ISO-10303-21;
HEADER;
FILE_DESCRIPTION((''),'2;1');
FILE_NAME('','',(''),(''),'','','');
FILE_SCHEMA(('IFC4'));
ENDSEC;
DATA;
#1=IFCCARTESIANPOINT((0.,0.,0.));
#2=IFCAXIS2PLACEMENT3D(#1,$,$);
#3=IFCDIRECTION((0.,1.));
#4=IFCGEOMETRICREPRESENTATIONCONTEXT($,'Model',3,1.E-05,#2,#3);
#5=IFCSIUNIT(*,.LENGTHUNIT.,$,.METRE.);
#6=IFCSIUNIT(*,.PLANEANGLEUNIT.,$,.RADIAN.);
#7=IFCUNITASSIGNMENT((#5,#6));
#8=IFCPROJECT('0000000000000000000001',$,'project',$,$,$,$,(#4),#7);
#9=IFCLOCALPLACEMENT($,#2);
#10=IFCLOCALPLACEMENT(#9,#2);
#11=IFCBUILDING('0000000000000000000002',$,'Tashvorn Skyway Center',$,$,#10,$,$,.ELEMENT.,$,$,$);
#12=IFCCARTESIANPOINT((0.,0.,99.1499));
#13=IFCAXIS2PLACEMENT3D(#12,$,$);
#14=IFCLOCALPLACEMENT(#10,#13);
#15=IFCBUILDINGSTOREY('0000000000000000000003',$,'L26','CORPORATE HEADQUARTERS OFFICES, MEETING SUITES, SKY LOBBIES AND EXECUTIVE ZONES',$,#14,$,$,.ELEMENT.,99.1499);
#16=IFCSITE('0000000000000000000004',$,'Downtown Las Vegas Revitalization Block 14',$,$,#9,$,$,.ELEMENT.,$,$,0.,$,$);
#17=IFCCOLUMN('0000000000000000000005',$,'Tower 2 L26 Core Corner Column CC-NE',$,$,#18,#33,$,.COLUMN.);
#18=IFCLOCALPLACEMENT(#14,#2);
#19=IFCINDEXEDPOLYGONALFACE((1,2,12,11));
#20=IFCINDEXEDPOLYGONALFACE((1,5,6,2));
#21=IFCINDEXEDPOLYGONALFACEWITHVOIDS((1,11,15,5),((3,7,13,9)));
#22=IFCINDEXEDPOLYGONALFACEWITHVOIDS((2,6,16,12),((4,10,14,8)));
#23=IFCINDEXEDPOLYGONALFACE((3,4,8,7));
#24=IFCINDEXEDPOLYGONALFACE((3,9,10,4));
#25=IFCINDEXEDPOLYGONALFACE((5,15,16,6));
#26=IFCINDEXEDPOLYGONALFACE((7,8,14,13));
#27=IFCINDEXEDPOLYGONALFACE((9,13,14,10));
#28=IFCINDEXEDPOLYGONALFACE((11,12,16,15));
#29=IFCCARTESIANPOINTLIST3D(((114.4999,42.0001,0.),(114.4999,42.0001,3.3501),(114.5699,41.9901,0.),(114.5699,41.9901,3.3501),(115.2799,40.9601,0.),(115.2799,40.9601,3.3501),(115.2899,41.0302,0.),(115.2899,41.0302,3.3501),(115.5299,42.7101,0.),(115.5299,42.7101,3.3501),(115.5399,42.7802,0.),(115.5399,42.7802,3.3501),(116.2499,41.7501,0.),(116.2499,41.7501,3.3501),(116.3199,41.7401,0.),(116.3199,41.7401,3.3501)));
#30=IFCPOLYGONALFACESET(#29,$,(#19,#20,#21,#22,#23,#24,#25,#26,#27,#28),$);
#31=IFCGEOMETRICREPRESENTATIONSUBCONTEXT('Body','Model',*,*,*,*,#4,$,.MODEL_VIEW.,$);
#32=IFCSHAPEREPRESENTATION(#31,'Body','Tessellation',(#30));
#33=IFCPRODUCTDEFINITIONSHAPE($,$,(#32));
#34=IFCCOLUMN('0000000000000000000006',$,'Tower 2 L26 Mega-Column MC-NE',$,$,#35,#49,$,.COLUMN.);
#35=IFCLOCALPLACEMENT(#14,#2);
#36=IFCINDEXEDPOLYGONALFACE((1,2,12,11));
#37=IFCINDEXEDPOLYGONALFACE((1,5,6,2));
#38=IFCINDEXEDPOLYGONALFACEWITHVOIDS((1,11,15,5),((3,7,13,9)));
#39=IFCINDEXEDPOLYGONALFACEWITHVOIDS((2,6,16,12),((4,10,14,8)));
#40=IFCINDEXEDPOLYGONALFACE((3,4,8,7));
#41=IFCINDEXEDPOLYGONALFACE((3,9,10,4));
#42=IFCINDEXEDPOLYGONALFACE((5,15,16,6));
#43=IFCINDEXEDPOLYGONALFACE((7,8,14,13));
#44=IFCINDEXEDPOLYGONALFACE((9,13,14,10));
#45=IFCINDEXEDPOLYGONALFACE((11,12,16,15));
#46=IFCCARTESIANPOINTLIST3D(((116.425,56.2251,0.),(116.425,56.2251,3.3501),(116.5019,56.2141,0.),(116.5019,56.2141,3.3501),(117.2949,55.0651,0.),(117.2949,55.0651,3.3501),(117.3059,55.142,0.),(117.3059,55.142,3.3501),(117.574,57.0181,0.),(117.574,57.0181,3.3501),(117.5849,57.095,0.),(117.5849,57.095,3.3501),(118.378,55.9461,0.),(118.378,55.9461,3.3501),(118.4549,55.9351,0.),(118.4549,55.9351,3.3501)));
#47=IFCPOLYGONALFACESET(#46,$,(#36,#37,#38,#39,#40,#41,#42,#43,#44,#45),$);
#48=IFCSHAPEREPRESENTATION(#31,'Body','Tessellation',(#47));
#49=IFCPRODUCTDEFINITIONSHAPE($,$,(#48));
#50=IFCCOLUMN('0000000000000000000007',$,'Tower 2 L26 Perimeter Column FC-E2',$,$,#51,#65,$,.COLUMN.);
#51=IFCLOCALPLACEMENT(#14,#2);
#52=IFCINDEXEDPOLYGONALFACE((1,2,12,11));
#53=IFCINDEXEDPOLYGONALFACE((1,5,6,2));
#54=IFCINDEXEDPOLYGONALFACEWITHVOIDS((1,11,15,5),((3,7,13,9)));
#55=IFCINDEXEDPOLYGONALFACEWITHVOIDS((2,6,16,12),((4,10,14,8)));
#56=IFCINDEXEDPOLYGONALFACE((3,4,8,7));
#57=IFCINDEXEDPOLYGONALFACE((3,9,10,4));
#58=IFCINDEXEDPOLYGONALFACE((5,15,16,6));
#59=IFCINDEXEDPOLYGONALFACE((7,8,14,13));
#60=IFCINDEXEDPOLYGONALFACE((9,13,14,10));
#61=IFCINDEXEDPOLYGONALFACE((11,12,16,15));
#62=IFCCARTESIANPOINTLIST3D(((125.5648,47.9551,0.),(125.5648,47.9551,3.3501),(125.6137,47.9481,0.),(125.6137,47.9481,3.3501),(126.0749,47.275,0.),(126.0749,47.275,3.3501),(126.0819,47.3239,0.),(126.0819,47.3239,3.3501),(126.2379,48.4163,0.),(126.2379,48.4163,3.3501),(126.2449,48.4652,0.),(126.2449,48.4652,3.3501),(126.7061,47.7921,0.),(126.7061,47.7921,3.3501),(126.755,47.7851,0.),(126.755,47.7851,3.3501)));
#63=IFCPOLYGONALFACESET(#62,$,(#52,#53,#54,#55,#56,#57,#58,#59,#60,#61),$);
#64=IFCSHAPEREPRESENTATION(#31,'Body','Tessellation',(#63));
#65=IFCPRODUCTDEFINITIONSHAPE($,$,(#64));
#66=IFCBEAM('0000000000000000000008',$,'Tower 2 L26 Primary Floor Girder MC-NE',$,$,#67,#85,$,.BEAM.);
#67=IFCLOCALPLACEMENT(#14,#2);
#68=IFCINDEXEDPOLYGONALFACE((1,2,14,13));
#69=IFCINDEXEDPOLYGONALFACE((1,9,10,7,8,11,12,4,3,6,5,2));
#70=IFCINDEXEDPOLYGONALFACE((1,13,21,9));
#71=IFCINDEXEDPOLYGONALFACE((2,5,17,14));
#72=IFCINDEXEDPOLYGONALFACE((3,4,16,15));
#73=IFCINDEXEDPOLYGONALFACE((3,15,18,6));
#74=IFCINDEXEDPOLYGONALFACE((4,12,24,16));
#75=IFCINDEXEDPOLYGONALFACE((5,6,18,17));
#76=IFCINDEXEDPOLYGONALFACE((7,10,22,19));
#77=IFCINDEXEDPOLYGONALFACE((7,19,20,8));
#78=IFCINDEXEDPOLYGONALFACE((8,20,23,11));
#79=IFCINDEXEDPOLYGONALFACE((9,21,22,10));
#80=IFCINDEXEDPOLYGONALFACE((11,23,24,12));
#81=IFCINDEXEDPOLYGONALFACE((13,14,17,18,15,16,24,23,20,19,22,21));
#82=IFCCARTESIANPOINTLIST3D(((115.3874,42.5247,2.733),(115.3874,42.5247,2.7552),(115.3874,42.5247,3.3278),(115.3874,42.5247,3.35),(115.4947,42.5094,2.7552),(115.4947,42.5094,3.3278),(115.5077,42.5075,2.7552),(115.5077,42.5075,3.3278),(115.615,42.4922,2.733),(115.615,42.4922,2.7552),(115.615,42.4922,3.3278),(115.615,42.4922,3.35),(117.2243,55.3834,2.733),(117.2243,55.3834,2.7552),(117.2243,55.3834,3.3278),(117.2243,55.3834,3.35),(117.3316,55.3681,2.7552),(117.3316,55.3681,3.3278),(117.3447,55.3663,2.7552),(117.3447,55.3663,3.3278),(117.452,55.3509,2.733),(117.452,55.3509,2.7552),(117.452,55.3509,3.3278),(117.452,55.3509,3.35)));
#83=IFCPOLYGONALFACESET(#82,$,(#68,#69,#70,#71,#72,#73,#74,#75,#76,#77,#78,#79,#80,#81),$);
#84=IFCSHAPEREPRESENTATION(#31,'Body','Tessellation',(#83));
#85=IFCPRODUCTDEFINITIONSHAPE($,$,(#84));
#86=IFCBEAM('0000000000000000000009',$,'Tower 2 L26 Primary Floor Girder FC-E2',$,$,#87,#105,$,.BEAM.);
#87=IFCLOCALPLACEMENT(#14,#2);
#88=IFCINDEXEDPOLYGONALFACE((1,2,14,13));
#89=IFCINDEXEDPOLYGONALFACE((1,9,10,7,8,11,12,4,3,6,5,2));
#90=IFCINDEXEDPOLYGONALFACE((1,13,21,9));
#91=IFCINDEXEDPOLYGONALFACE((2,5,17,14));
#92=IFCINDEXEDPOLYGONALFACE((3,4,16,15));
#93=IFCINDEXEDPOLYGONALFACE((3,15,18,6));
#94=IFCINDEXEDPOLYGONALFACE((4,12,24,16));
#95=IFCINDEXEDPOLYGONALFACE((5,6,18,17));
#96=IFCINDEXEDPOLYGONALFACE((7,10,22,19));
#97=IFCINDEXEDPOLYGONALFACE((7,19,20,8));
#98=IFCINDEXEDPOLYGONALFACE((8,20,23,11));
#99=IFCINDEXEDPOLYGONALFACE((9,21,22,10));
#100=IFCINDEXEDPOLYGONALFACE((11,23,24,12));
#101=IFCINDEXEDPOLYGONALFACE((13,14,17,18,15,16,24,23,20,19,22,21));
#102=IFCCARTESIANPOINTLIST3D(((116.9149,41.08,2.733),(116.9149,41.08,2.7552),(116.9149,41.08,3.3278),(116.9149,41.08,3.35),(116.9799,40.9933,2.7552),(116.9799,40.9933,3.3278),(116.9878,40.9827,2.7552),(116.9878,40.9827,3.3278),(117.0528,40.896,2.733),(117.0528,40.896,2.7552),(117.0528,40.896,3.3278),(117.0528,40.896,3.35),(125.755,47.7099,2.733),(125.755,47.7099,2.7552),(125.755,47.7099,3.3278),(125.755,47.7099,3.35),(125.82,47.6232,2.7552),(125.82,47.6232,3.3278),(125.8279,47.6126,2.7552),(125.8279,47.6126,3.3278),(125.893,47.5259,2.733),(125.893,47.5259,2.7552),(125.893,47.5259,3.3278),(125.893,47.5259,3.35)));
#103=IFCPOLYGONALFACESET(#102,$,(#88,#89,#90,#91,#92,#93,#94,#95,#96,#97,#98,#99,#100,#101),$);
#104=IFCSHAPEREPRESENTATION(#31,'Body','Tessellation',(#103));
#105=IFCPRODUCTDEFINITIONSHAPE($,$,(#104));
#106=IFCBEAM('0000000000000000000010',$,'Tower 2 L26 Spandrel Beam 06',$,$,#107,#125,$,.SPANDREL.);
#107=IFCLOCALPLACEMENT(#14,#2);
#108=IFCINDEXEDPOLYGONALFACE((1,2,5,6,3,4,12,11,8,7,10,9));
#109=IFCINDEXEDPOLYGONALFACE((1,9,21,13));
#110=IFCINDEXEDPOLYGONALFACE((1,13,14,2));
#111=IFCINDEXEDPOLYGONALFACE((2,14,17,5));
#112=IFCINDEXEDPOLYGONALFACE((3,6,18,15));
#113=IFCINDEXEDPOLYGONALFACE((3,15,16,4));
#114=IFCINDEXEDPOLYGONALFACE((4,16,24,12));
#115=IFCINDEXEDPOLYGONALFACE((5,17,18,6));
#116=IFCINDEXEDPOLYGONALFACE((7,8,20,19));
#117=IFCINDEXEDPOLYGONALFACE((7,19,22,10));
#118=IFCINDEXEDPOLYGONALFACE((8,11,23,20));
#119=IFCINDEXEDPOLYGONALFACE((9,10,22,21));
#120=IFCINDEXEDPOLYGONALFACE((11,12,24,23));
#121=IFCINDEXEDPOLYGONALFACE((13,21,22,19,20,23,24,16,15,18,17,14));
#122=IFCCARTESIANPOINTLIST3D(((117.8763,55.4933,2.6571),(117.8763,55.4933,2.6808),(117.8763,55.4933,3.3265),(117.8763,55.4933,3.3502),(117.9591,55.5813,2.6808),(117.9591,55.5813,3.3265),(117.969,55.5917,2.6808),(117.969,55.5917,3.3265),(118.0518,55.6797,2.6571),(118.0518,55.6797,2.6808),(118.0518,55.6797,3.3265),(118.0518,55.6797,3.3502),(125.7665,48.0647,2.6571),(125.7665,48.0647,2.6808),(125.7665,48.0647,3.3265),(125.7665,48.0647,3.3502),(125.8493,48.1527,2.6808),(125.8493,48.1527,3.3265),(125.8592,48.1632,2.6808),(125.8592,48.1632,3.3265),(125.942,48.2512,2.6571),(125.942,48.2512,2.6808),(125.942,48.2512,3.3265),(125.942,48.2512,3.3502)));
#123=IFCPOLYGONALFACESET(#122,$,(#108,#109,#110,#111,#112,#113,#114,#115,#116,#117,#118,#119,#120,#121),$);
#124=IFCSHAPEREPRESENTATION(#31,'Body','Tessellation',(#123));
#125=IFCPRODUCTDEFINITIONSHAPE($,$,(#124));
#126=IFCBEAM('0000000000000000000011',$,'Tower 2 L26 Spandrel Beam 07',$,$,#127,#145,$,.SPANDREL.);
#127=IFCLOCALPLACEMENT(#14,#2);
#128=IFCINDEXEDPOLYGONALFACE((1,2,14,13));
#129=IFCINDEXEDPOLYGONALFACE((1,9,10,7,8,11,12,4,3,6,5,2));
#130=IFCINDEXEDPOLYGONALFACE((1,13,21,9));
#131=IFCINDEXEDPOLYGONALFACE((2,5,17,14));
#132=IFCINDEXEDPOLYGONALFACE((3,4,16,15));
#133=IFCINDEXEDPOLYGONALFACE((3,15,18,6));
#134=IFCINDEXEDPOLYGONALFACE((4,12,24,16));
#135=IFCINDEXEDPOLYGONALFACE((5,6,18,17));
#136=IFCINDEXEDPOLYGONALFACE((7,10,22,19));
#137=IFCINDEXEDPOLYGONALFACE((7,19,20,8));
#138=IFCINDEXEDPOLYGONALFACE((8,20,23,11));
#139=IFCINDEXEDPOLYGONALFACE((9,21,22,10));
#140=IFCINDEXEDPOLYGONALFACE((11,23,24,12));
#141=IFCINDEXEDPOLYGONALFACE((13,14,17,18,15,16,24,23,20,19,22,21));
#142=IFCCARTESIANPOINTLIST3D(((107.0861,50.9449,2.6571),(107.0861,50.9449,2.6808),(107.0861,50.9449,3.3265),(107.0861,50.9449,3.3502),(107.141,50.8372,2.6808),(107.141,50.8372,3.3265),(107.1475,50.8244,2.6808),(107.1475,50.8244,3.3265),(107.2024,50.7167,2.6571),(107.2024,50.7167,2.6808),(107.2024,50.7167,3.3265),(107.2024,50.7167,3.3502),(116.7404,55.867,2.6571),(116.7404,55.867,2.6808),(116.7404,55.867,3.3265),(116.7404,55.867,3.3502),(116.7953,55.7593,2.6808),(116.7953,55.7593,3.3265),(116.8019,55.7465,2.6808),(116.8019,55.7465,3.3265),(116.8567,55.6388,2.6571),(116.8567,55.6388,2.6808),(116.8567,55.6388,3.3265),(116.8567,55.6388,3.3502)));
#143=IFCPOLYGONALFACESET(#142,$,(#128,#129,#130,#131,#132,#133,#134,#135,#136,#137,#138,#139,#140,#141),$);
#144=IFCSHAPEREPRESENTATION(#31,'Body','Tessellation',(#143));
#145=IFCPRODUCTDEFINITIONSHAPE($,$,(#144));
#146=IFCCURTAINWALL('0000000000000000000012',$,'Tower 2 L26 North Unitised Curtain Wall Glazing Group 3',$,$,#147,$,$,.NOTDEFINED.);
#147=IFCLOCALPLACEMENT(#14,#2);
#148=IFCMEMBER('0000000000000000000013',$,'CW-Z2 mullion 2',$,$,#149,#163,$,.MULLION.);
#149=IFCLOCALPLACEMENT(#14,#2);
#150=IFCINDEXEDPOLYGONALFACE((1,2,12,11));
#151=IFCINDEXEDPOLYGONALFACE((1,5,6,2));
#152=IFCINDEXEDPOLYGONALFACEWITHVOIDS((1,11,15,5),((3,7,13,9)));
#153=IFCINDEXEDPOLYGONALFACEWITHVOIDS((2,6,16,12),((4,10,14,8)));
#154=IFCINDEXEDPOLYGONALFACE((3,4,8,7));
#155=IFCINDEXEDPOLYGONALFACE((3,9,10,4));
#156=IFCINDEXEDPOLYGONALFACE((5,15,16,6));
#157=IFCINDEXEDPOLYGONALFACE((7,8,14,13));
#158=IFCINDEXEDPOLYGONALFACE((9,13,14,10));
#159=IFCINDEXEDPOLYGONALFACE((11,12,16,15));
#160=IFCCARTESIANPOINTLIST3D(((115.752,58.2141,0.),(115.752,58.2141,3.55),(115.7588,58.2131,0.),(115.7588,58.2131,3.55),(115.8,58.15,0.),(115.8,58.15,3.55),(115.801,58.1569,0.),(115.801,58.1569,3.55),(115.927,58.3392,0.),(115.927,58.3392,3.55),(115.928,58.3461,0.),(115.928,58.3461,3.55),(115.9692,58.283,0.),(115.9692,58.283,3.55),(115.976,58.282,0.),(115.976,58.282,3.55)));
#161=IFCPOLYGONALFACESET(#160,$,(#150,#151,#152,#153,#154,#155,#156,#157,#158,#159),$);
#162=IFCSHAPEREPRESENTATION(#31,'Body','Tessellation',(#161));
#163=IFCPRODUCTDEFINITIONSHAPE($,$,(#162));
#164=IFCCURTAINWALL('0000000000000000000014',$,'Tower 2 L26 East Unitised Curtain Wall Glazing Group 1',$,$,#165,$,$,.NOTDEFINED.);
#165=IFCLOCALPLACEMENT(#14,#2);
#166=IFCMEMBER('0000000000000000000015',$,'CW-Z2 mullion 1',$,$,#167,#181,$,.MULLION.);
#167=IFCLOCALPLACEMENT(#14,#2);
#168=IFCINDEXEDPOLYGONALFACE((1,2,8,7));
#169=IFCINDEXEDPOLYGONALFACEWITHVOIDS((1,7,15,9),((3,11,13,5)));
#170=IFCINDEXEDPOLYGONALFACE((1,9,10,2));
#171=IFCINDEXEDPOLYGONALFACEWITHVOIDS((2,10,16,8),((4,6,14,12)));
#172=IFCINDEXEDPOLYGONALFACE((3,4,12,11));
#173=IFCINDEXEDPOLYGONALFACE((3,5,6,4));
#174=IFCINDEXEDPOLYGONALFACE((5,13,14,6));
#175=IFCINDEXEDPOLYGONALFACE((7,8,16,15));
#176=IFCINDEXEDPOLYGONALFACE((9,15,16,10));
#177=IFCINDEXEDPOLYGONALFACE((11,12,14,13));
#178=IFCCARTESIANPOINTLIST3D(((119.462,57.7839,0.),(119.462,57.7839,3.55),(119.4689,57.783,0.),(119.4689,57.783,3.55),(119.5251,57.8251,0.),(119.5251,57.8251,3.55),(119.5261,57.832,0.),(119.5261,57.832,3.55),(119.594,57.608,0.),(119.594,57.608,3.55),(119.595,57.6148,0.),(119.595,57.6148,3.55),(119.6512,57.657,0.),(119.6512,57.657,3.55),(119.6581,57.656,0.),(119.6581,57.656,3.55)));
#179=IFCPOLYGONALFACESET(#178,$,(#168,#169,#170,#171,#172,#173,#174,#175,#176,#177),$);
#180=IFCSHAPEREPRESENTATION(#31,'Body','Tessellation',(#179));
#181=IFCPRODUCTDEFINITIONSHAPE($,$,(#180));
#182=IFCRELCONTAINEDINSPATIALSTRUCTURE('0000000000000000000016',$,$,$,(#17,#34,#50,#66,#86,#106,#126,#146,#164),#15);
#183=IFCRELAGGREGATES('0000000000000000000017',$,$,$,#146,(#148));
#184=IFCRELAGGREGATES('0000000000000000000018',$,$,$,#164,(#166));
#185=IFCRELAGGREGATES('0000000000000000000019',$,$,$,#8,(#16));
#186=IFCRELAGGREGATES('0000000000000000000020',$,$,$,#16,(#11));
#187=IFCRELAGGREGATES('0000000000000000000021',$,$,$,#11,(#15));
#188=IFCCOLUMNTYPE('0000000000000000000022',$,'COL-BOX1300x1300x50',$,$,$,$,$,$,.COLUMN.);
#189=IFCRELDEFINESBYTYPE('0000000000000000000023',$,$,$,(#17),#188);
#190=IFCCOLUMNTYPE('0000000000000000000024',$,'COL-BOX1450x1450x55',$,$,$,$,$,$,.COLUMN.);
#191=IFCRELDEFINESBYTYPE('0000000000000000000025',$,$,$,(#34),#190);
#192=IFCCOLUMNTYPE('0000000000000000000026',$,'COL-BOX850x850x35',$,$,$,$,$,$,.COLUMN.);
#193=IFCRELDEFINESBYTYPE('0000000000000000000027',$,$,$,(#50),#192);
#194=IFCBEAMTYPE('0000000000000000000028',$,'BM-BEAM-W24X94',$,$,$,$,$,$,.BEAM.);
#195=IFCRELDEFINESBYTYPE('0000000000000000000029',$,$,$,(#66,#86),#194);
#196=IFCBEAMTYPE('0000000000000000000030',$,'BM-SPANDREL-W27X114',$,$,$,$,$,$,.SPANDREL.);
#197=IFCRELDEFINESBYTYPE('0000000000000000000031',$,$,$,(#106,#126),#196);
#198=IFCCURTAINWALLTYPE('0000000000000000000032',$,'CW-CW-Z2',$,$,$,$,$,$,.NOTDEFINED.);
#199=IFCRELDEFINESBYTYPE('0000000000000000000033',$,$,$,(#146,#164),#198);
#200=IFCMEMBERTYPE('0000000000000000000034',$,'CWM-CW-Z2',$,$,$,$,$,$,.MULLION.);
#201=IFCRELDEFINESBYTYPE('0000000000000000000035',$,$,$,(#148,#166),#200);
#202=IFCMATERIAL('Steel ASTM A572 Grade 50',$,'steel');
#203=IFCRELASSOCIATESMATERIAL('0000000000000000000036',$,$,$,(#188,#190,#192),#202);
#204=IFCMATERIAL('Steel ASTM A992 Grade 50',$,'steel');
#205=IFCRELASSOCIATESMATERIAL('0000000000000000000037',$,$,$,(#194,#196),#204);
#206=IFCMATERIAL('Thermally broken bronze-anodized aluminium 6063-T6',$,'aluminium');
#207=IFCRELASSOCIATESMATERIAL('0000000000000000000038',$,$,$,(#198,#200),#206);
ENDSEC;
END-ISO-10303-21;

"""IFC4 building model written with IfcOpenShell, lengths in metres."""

from ifc_helpers import new_model, si_unit, direction, frame, origin, origin_2d, place, context, subcontext, project, spatial, hollow_rectangle, i_section, extrude, material, material_profile, profile_set, type_object, element, aggregate, save


model = new_model("IFC4")

# Units and contexts
model_context = context("Model", 3, precision=1e-05, world=origin(), true_north=direction((0.0, 1.0)))
body_context = subcontext(model_context, "Body", "Model", "MODEL_VIEW")
ifc_project = project(units=[si_unit("LENGTHUNIT", "METRE"), si_unit("PLANEANGLEUNIT", "RADIAN")], contexts=[model_context])

# Site, building, storey
site_placement = place(None, origin())
site = spatial("IfcSite", under=ifc_project, at=site_placement, Name="Downtown Las Vegas Revitalization Block 14", CompositionType="ELEMENT", RefElevation=0.0)
building_placement = place(site_placement, origin())
building = spatial("IfcBuilding", under=site, at=building_placement, Name="Tashvorn Skyway Center", CompositionType="ELEMENT")
storey_placement = place(building_placement, frame((0.0, 0.0, 99.1499)))
storey = spatial("IfcBuildingStorey", under=building, at=storey_placement, Name="L26", Description="CORPORATE HEADQUARTERS OFFICES, MEETING SUITES, SKY LOBBIES AND EXECUTIVE ZONES", CompositionType="ELEMENT", Elevation=99.1499)

# Columns
ifc_material_1 = material(Name="Steel ASTM A572 Grade 50", Category="steel")
ifc_material_profile_1 = material_profile(ifc_material_1, hollow_rectangle(XDim=1.3, YDim=1.3, WallThickness=0.05, at=origin_2d()), Name="BOX1300x1300x50")
ifc_profile_set_1 = profile_set([ifc_material_profile_1], Name="Steel ASTM A572 Grade 50")
column_type_1 = type_object("IfcColumnType", Name="COL-BOX1300x1300x50", PredefinedType="COLUMN", material=ifc_profile_set_1)
column_1_placement = place(storey_placement, frame((115.4099, 41.8701, 0.0), z_axis=(0.0, 0.0, 1.0), x_axis=(0.8, 0.6, 0.0)))
element("IfcColumn", 1, at=column_1_placement, inside=storey, type_object=column_type_1, Name="Tower 2 L26 Core Corner Column CC-NE", PredefinedType="COLUMN", context=body_context, shape_type="SweptSolid", body=[
    extrude(hollow_rectangle(XDim=1.3, YDim=1.3, WallThickness=0.05, at=origin_2d()), origin(), (0.0, 0.0, 1.0), 3.3501),
])
ifc_material_profile_2 = material_profile(ifc_material_1, hollow_rectangle(XDim=1.45, YDim=1.45, WallThickness=0.0549, at=origin_2d()), Name="BOX1450x1450x55")
ifc_profile_set_2 = profile_set([ifc_material_profile_2], Name="Steel ASTM A572 Grade 50")
column_type_2 = type_object("IfcColumnType", Name="COL-BOX1450x1450x55", PredefinedType="COLUMN", material=ifc_profile_set_2)
column_2_placement = place(storey_placement, frame((117.4399, 56.0801, 0.0), z_axis=(0.0, 0.0, 1.0), x_axis=(0.8, 0.6, 0.0)))
element("IfcColumn", 2, at=column_2_placement, inside=storey, type_object=column_type_2, Name="Tower 2 L26 Mega-Column MC-NE", PredefinedType="COLUMN", context=body_context, shape_type="SweptSolid", body=[
    extrude(hollow_rectangle(XDim=1.45, YDim=1.45, WallThickness=0.0549, at=origin_2d()), origin(), (0.0, 0.0, 1.0), 3.3501),
])
ifc_material_profile_3 = material_profile(ifc_material_1, hollow_rectangle(XDim=0.8501, YDim=0.8501, WallThickness=0.0349, at=origin_2d()), Name="BOX850x850x35")
ifc_profile_set_3 = profile_set([ifc_material_profile_3], Name="Steel ASTM A572 Grade 50")
column_type_3 = type_object("IfcColumnType", Name="COL-BOX850x850x35", PredefinedType="COLUMN", material=ifc_profile_set_3)
column_3_placement = place(storey_placement, frame((126.1599, 47.8701, 0.0), z_axis=(0.0, 0.0, 1.0), x_axis=(0.8, 0.6, 0.0)))
element("IfcColumn", 3, at=column_3_placement, inside=storey, type_object=column_type_3, Name="Tower 2 L26 Perimeter Column FC-E2", PredefinedType="COLUMN", context=body_context, shape_type="SweptSolid", body=[
    extrude(hollow_rectangle(XDim=0.8501, YDim=0.8501, WallThickness=0.0349, at=origin_2d()), origin(), (0.0, 0.0, 1.0), 3.3501),
])

# Beams
ifc_material_2 = material(Name="Steel ASTM A992 Grade 50", Category="steel")
ifc_material_profile_4 = material_profile(ifc_material_2, i_section(OverallWidth=0.23, OverallDepth=0.6169, WebThickness=0.0132, FlangeThickness=0.0222, at=origin_2d()), Name="W24X94")
ifc_profile_set_4 = profile_set([ifc_material_profile_4], Name="Steel ASTM A992 Grade 50")
beam_type_1 = type_object("IfcBeamType", Name="BM-BEAM-W24X94", PredefinedType="BEAM", material=ifc_profile_set_4)
beam_1_placement = place(storey_placement, frame((117.3381, 55.3672, 3.0415), z_axis=(-0.141419, -0.98995, 0.0), x_axis=(0.98995, -0.141419, 0.0)))
element("IfcBeam", 4, at=beam_1_placement, inside=storey, type_object=beam_type_1, Name="Tower 2 L26 Primary Floor Girder MC-NE", PredefinedType="BEAM", context=body_context, shape_type="SweptSolid", body=[
    extrude(i_section(OverallWidth=0.23, OverallDepth=0.6169, WebThickness=0.0132, FlangeThickness=0.0222, at=origin_2d()), origin(), (0.0, 0.0, 1.0), 12.9893),
])
beam_2_placement = place(storey_placement, frame((125.824, 47.6179, 3.0415), z_axis=(-0.800008, -0.599989, 0.0), x_axis=(0.599989, -0.800008, 0.0)))
element("IfcBeam", 5, at=beam_2_placement, inside=storey, type_object=beam_type_1, Name="Tower 2 L26 Primary Floor Girder FC-E2", PredefinedType="BEAM", context=body_context, shape_type="SweptSolid", body=[
    extrude(i_section(OverallWidth=0.23, OverallDepth=0.6169, WebThickness=0.0132, FlangeThickness=0.0222, at=origin_2d()), origin(), (0.0, 0.0, 1.0), 11.05),
])
ifc_material_profile_5 = material_profile(ifc_material_2, i_section(OverallWidth=0.2561, OverallDepth=0.6931, WebThickness=0.0144, FlangeThickness=0.0237, at=origin_2d()), Name="W27X114")
ifc_profile_set_5 = profile_set([ifc_material_profile_5], Name="Steel ASTM A992 Grade 50")
beam_type_2 = type_object("IfcBeamType", Name="BM-SPANDREL-W27X114", PredefinedType="SPANDREL", material=ifc_profile_set_5)
beam_3_placement = place(storey_placement, frame((125.8542, 48.158, 3.0037), z_axis=(-0.728087, 0.685485, 0.0), x_axis=(-0.685485, -0.728087, 0.0)))
element("IfcBeam", 6, at=beam_3_placement, inside=storey, type_object=beam_type_2, Name="Tower 2 L26 Spandrel Beam 06", PredefinedType="SPANDREL", context=body_context, shape_type="SweptSolid", body=[
    extrude(i_section(OverallWidth=0.2561, OverallDepth=0.6931, WebThickness=0.0144, FlangeThickness=0.0237, at=origin_2d()), origin(), (0.0, 0.0, 1.0), 10.8369),
])
beam_4_placement = place(storey_placement, frame((116.7986, 55.7529, 3.0037), z_axis=(-0.890894, -0.454211, 0.0), x_axis=(0.454211, -0.890894, 0.0)))
element("IfcBeam", 7, at=beam_4_placement, inside=storey, type_object=beam_type_2, Name="Tower 2 L26 Spandrel Beam 07", PredefinedType="SPANDREL", context=body_context, shape_type="SweptSolid", body=[
    extrude(i_section(OverallWidth=0.2561, OverallDepth=0.6931, WebThickness=0.0144, FlangeThickness=0.0237, at=origin_2d()), origin(), (0.0, 0.0, 1.0), 10.8367),
])

# Curtain wall, member
ifc_material_3 = material(Name="Thermally broken bronze-anodized aluminium 6063-T6", Category="aluminium")
curtain_wall_type = type_object("IfcCurtainWallType", Name="CW-CW-Z2", PredefinedType="NOTDEFINED", material=ifc_material_3)
curtain_wall_1_placement = place(storey_placement, origin())
curtain_wall_1 = element("IfcCurtainWall", 8, at=curtain_wall_1_placement, inside=storey, type_object=curtain_wall_type, Name="Tower 2 L26 North Unitised Curtain Wall Glazing Group 3", PredefinedType="NOTDEFINED")
ifc_material_profile_6 = material_profile(ifc_material_3, hollow_rectangle(XDim=0.0801, YDim=0.22, WallThickness=0.0049, at=origin_2d()), Name="ALU-MULL-80x220")
ifc_profile_set_6 = profile_set([ifc_material_profile_6], Name="Thermally broken bronze-anodized aluminium 6063-T6")
member_type_1 = type_object("IfcMemberType", Name="CWM-CW-Z2", PredefinedType="MULLION", material=ifc_profile_set_6)
member_1_placement = place(storey_placement, frame((115.864, 58.248, 0.0), z_axis=(0.0, 0.0, 1.0), x_axis=(-0.6, 0.8, 0.0)))
member_1 = element("IfcMember", 9, at=member_1_placement, type_object=member_type_1, Name="CW-Z2 mullion 2", PredefinedType="MULLION", context=body_context, shape_type="SweptSolid", body=[
    extrude(hollow_rectangle(XDim=0.0801, YDim=0.22, WallThickness=0.0049, at=origin_2d()), origin(), (0.0, 0.0, 1.0), 3.55),
])
aggregate(curtain_wall_1, [member_1])

# Curtain wall, member
curtain_wall_2_placement = place(storey_placement, origin())
curtain_wall_2 = element("IfcCurtainWall", 10, at=curtain_wall_2_placement, inside=storey, type_object=curtain_wall_type, Name="Tower 2 L26 East Unitised Curtain Wall Glazing Group 1", PredefinedType="NOTDEFINED")
member_2_placement = place(storey_placement, frame((119.5601, 57.72, 0.0), z_axis=(0.0, 0.0, 1.0), x_axis=(0.8, 0.6, 0.0)))
member_2 = element("IfcMember", 11, at=member_2_placement, type_object=member_type_1, Name="CW-Z2 mullion 1", PredefinedType="MULLION", context=body_context, shape_type="SweptSolid", body=[
    extrude(hollow_rectangle(XDim=0.0801, YDim=0.22, WallThickness=0.0049, at=origin_2d()), origin(), (0.0, 0.0, 1.0), 3.55),
])

aggregate(curtain_wall_2, [member_2])

save(model, "model.ifc")
